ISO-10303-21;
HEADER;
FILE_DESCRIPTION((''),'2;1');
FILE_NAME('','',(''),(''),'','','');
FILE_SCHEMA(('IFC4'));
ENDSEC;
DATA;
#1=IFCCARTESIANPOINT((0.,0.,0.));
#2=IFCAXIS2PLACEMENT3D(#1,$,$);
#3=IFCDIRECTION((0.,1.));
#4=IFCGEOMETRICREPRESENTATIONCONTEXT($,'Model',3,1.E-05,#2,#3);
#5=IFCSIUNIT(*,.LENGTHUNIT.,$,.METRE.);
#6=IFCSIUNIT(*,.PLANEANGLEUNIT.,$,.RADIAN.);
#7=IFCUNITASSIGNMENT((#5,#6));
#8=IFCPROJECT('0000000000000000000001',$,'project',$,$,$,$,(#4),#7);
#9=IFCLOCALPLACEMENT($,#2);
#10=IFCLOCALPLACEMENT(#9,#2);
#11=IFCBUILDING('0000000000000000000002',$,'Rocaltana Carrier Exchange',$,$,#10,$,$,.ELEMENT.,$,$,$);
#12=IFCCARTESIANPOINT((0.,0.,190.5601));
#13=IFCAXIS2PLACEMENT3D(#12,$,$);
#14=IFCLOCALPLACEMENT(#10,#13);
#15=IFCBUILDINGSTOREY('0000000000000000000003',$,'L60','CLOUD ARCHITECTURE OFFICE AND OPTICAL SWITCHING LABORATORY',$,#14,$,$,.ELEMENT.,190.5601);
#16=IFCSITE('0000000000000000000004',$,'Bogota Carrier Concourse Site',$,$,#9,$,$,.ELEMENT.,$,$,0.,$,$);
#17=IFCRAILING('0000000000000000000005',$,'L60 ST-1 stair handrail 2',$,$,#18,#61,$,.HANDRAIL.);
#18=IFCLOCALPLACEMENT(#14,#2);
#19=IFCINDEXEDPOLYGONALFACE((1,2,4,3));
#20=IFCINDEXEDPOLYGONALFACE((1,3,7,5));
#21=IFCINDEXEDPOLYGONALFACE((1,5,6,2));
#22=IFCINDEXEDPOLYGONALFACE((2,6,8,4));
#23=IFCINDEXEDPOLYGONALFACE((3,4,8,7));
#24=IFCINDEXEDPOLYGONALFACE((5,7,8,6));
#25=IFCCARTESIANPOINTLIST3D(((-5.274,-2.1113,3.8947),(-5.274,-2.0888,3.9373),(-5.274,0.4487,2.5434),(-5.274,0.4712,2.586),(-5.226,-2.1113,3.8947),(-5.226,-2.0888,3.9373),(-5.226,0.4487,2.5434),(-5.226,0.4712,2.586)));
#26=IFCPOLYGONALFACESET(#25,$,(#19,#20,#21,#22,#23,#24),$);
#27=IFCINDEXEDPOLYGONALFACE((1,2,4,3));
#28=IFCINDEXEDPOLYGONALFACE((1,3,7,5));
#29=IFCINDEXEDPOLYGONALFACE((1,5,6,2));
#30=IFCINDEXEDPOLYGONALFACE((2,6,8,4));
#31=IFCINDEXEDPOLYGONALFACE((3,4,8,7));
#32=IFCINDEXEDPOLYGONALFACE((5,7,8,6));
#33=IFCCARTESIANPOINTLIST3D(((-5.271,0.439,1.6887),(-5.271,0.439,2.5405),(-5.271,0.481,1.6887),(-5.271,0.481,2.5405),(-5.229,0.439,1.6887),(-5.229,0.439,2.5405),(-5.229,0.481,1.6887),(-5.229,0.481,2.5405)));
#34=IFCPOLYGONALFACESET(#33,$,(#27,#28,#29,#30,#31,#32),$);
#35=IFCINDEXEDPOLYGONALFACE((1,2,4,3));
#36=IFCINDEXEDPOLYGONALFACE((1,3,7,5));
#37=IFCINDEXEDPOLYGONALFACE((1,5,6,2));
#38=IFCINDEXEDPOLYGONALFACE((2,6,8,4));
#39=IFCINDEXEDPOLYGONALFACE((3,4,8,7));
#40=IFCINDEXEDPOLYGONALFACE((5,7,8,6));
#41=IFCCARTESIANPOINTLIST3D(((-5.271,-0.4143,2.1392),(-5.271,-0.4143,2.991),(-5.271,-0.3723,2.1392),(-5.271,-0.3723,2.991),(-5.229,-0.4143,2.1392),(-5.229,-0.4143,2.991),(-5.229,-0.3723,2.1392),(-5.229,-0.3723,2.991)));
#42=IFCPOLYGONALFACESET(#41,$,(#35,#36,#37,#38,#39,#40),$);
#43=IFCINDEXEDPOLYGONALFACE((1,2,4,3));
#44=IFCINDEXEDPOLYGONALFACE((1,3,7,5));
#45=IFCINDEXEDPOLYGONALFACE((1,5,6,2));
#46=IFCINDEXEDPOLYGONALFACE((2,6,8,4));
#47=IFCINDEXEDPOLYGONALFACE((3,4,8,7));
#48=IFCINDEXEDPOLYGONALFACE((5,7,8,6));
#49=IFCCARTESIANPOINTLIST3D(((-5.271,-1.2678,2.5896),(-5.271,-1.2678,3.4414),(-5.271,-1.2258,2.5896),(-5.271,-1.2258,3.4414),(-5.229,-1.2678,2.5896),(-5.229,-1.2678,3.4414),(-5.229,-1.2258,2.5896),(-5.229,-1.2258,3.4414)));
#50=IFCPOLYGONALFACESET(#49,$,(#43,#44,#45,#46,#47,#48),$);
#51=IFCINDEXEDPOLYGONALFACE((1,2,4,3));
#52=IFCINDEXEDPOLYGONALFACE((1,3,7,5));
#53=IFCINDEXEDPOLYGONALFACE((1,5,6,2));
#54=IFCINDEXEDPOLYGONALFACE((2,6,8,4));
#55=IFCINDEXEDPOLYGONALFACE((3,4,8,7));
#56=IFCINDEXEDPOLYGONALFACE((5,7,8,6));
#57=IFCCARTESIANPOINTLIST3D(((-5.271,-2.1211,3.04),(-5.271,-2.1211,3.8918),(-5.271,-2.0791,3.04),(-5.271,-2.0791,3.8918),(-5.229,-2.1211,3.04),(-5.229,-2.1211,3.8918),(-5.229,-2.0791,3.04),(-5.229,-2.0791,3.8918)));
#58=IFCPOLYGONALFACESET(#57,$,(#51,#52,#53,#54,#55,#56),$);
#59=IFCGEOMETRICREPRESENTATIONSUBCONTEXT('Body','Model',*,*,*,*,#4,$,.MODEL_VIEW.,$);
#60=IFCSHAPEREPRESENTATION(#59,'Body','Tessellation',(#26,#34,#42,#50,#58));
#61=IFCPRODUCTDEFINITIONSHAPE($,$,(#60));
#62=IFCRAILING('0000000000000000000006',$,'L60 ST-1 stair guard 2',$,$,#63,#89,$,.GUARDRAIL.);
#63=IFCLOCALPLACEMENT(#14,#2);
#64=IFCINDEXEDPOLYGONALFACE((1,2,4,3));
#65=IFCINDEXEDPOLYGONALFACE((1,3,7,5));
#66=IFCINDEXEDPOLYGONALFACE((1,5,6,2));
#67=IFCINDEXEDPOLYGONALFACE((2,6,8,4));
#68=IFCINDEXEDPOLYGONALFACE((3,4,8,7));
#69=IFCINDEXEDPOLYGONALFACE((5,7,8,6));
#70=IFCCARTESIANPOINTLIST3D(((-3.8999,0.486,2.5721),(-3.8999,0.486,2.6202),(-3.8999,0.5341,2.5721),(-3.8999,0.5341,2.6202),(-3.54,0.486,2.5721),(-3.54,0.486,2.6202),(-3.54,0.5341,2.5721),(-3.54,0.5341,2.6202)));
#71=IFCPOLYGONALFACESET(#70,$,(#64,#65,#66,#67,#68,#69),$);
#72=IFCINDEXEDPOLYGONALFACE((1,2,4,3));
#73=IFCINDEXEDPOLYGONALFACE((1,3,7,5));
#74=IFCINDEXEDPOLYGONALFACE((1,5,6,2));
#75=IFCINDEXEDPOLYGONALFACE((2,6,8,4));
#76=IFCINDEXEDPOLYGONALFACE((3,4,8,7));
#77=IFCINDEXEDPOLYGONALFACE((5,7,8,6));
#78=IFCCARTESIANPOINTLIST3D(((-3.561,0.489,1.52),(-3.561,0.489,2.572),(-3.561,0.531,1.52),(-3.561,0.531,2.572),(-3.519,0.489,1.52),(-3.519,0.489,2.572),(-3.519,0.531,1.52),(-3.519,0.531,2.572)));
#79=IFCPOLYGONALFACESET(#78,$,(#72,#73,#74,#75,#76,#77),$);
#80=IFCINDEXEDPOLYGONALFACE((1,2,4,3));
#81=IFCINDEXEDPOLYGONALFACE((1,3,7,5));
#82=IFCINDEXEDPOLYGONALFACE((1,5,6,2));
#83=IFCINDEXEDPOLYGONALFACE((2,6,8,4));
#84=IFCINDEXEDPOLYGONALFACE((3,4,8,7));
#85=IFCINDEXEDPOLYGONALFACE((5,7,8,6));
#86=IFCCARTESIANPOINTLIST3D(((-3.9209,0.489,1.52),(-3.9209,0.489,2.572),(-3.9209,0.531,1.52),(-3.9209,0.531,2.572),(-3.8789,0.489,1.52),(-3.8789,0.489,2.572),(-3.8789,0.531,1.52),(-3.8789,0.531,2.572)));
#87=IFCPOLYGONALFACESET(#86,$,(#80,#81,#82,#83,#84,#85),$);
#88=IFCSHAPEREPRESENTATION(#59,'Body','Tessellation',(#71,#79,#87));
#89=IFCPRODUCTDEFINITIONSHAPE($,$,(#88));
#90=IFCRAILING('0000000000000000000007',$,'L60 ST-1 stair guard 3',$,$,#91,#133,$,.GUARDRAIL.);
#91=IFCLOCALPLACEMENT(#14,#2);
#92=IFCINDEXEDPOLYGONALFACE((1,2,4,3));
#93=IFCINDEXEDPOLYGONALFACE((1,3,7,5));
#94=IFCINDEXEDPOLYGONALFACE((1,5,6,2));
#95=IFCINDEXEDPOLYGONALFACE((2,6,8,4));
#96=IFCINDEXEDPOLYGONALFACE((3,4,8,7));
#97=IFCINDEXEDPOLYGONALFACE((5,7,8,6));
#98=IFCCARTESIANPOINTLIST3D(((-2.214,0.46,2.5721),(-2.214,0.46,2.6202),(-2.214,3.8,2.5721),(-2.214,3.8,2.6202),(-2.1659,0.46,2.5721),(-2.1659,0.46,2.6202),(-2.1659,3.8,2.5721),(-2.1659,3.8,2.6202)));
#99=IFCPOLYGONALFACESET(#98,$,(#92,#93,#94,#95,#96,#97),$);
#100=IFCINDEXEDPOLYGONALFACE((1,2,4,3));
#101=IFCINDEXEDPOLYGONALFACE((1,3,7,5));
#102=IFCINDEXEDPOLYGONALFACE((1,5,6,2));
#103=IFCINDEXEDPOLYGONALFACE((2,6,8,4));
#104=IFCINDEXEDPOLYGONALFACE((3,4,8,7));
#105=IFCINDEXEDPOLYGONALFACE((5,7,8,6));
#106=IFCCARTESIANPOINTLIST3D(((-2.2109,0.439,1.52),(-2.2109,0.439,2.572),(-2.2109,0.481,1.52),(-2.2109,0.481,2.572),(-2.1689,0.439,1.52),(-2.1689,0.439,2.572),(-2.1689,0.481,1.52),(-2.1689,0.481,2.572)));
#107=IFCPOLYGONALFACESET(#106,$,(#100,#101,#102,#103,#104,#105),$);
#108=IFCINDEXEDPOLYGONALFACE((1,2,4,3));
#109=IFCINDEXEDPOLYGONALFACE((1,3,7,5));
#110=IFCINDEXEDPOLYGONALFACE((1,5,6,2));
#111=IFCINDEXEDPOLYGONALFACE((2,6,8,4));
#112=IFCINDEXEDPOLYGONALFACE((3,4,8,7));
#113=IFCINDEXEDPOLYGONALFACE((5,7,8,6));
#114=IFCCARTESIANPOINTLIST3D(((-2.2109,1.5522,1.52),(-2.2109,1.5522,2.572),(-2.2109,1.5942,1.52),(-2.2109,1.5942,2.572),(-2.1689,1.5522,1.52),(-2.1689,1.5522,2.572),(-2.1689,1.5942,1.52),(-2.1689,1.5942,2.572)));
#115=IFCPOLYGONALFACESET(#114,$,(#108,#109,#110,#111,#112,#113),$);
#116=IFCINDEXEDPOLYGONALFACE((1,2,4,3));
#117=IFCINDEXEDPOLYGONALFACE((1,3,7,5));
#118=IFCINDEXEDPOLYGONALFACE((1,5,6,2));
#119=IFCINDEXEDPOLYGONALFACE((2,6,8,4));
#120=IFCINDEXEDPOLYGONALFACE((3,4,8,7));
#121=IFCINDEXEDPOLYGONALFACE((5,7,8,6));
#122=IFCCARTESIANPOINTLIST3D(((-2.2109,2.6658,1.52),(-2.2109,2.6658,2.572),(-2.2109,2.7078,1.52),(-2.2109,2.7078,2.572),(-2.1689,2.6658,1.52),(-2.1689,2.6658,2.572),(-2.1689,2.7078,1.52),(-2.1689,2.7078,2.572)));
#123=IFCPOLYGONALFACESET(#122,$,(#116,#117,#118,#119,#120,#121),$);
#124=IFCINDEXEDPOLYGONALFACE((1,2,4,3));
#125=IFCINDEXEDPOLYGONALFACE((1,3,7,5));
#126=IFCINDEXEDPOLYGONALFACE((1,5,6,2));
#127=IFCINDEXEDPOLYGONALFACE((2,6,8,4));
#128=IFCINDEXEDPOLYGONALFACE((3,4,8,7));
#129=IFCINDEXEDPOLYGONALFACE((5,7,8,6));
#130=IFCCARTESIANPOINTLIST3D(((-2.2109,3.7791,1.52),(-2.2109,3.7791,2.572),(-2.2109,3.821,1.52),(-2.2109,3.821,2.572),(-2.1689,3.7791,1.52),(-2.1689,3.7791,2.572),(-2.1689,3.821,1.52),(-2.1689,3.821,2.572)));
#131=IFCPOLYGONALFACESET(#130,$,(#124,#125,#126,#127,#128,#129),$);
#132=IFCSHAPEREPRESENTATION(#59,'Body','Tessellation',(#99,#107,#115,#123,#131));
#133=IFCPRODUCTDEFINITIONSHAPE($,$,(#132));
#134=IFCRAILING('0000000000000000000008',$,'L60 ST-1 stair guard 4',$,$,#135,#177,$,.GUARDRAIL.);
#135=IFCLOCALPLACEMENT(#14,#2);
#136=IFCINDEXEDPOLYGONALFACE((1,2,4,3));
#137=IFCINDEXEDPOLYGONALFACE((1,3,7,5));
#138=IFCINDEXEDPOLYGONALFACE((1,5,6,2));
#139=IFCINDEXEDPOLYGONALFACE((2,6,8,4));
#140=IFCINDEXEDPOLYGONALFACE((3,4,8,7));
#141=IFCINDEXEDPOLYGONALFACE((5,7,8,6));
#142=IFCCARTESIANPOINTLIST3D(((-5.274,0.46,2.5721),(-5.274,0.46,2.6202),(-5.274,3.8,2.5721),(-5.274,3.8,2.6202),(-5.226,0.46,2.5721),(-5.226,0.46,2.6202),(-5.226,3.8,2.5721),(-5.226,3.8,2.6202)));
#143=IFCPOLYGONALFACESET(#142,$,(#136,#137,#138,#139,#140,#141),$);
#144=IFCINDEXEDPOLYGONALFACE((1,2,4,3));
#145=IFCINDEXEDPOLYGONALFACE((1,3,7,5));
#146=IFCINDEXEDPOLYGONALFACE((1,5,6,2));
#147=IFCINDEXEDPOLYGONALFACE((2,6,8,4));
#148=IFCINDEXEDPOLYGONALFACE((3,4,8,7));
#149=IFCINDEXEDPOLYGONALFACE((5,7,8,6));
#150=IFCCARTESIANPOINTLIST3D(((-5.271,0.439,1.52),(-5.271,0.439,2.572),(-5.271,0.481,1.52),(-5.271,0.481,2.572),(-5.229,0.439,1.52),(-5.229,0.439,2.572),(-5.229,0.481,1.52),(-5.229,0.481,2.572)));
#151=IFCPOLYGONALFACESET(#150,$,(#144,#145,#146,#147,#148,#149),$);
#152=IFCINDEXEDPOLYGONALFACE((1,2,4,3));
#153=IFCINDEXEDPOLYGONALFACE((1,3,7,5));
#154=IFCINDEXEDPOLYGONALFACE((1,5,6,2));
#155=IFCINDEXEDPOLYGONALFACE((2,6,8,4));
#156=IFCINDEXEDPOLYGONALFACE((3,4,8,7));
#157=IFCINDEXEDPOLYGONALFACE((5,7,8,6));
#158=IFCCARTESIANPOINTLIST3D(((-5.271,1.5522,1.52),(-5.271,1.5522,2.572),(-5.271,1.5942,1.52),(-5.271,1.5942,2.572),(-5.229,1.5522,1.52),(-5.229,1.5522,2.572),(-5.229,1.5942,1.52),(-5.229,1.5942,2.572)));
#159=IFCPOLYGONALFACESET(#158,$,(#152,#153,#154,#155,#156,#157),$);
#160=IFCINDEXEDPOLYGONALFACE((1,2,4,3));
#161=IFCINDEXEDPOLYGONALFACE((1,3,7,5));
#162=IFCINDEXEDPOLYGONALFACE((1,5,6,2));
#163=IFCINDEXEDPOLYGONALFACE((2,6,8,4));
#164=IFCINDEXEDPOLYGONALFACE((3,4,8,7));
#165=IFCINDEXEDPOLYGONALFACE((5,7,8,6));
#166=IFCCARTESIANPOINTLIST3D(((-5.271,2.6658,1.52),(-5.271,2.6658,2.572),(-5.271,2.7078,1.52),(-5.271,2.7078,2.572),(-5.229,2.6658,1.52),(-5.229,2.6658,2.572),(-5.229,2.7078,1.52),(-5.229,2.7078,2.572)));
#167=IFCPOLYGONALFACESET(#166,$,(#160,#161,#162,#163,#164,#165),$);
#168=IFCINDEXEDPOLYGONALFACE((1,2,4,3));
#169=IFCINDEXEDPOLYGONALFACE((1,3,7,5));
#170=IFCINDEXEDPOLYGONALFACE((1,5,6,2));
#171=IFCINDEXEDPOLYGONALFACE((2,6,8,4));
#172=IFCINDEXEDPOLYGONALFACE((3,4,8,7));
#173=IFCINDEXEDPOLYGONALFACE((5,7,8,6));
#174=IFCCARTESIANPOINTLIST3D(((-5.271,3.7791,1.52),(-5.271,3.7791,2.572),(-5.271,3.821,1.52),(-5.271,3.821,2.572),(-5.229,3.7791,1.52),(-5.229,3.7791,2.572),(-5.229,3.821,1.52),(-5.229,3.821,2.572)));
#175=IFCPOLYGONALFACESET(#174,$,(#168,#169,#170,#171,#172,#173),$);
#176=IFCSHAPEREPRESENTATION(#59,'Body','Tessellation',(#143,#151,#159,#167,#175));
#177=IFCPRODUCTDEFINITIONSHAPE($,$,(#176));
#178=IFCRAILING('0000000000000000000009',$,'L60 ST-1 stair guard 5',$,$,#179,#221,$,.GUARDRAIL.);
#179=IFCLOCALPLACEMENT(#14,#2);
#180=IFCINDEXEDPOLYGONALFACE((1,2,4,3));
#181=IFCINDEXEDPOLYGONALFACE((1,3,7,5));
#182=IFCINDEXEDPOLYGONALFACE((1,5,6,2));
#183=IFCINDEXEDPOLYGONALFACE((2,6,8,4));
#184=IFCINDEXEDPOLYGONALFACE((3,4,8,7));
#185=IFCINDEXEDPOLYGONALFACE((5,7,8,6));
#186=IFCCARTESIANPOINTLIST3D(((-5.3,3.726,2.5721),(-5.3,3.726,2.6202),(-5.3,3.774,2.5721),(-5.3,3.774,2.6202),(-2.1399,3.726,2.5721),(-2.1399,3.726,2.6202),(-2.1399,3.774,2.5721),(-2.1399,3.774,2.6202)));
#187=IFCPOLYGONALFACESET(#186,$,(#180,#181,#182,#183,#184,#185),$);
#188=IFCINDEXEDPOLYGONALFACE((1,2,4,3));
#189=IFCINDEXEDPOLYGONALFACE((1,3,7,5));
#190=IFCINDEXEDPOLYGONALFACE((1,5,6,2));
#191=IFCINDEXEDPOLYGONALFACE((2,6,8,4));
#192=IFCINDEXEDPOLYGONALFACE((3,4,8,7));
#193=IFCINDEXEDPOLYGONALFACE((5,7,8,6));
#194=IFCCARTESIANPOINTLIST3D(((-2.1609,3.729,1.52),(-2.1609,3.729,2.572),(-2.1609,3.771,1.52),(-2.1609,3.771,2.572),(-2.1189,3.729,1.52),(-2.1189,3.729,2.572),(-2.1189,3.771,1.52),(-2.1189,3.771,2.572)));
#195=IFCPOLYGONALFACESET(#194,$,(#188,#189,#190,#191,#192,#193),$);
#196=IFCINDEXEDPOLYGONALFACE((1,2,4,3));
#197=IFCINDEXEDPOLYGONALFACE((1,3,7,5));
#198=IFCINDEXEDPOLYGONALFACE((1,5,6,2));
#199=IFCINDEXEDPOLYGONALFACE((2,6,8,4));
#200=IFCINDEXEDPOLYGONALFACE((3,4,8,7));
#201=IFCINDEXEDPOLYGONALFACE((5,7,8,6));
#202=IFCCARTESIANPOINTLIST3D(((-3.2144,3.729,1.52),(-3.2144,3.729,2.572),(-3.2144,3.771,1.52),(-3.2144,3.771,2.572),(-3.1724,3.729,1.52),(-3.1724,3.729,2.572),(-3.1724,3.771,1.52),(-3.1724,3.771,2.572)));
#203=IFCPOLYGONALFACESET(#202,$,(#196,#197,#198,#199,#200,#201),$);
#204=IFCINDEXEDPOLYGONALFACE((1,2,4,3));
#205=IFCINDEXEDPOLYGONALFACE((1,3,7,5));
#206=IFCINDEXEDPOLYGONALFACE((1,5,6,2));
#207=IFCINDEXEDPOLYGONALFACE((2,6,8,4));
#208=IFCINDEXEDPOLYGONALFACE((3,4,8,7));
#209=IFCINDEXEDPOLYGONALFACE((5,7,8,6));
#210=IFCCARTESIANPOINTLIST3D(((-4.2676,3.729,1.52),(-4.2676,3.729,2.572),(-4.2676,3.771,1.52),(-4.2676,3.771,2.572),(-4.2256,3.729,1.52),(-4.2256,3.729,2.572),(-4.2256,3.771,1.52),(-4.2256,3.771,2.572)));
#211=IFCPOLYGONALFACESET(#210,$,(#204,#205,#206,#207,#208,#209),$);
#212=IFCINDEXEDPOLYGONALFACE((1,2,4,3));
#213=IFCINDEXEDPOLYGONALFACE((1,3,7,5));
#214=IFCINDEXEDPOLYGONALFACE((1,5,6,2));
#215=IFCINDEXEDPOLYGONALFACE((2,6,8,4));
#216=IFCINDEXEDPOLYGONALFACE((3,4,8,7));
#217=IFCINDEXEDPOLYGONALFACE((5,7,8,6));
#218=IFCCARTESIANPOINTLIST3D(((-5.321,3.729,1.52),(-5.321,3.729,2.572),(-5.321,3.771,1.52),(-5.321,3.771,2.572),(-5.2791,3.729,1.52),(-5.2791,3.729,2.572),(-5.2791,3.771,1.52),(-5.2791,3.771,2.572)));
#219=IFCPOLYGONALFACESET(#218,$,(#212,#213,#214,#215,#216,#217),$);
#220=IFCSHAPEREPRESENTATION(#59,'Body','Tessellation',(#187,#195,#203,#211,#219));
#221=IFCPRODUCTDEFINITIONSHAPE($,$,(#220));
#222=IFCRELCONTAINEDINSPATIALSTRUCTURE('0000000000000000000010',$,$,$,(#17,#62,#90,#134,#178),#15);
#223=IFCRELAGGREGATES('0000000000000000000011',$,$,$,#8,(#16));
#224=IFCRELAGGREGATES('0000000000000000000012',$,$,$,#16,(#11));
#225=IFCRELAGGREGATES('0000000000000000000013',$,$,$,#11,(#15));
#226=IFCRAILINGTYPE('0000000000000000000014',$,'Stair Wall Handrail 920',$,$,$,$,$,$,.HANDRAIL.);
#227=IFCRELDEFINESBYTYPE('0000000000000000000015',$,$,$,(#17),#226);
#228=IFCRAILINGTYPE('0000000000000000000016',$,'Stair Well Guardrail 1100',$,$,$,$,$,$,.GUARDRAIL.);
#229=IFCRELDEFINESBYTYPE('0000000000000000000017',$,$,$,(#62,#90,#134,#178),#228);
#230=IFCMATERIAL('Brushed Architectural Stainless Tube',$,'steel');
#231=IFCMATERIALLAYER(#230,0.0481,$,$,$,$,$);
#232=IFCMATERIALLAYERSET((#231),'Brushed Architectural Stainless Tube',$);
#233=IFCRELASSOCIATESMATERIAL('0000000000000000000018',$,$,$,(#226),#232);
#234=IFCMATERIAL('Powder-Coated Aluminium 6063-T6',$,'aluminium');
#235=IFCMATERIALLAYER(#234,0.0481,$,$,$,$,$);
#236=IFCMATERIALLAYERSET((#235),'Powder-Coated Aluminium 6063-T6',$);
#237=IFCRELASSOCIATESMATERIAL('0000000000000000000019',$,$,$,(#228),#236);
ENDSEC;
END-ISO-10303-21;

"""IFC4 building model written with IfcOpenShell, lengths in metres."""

from ifc_helpers import new_model, si_unit, direction, frame, origin, origin_2d, place, context, subcontext, project, spatial, rectangle, extrude, material, layer, layer_set, type_object, element, save


model = new_model("IFC4")

# Units and contexts
model_context = context("Model", 3, precision=1e-05, world=origin(), true_north=direction((0.0, 1.0)))
body_context = subcontext(model_context, "Body", "Model", "MODEL_VIEW")
ifc_project = project(units=[si_unit("LENGTHUNIT", "METRE"), si_unit("PLANEANGLEUNIT", "RADIAN")], contexts=[model_context])

# Site, building, storey
site_placement = place(None, origin())
site = spatial("IfcSite", under=ifc_project, at=site_placement, Name="Bogota Carrier Concourse Site", CompositionType="ELEMENT", RefElevation=0.0)
building_placement = place(site_placement, origin())
building = spatial("IfcBuilding", under=site, at=building_placement, Name="Rocaltana Carrier Exchange", CompositionType="ELEMENT")
storey_placement = place(building_placement, frame((0.0, 0.0, 190.5601)))
storey = spatial("IfcBuildingStorey", under=building, at=storey_placement, Name="L60", Description="CLOUD ARCHITECTURE OFFICE AND OPTICAL SWITCHING LABORATORY", CompositionType="ELEMENT", Elevation=190.5601)

# Railings
ifc_material_1 = material(Name="Brushed Architectural Stainless Tube", Category="steel")
ifc_layer_1 = layer(ifc_material_1, 0.0481)
ifc_layer_set_1 = layer_set([ifc_layer_1], Name="Brushed Architectural Stainless Tube")
railing_type_1 = type_object("IfcRailingType", Name="Stair Wall Handrail 920", PredefinedType="HANDRAIL", material=ifc_layer_set_1)
railing_1_placement = place(storey_placement, frame((-5.25, 0.46, 1.6887)))
element("IfcRailing", 1, at=railing_1_placement, inside=storey, type_object=railing_type_1, Name="L60 ST-1 stair handrail 2", PredefinedType="HANDRAIL", context=body_context, shape_type="SweptSolid", body=[
    extrude(rectangle(XDim=0.0481, YDim=0.0481, at=origin_2d()), frame((0.0, 0.0, 0.876), z_axis=(0.0, -0.88436, 0.466806), x_axis=(1.0, 0.0, 0.0)), (0.0, 0.0, 1.0), 2.8948),
    extrude(rectangle(XDim=0.042, YDim=0.042, at=origin_2d()), origin(), (0.0, 0.0, 1.0), 0.8518),
    extrude(rectangle(XDim=0.042, YDim=0.042, at=origin_2d()), frame((0.0, -0.8533, 0.4504)), (0.0, 0.0, 1.0), 0.8518),
    extrude(rectangle(XDim=0.042, YDim=0.042, at=origin_2d()), frame((0.0, -1.7068, 0.9009)), (0.0, 0.0, 1.0), 0.8518),
    extrude(rectangle(XDim=0.042, YDim=0.042, at=origin_2d()), frame((0.0, -2.5601, 1.3513)), (0.0, 0.0, 1.0), 0.8518),
])
ifc_material_2 = material(Name="Powder-Coated Aluminium 6063-T6", Category="aluminium")
ifc_layer_2 = layer(ifc_material_2, 0.0481)
ifc_layer_set_2 = layer_set([ifc_layer_2], Name="Powder-Coated Aluminium 6063-T6")
railing_type_2 = type_object("IfcRailingType", Name="Stair Well Guardrail 1100", PredefinedType="GUARDRAIL", material=ifc_layer_set_2)
railing_2_placement = place(storey_placement, frame((-3.54, 0.51, 1.52)))
element("IfcRailing", 2, at=railing_2_placement, inside=storey, type_object=railing_type_2, Name="L60 ST-1 stair guard 2", PredefinedType="GUARDRAIL", context=body_context, shape_type="SweptSolid", body=[
    extrude(rectangle(XDim=0.0481, YDim=0.0481, at=origin_2d()), frame((0.0, 0.0, 1.0762), z_axis=(-1.0, 0.0, 0.0), x_axis=(0.0, -1.0, 0.0)), (0.0, 0.0, 1.0), 0.3599),
    extrude(rectangle(XDim=0.042, YDim=0.042, at=origin_2d()), origin(), (0.0, 0.0, 1.0), 1.052),
    extrude(rectangle(XDim=0.042, YDim=0.042, at=origin_2d()), frame((-0.3599, 0.0, 0.0)), (0.0, 0.0, 1.0), 1.052),
])
for number, where, name in (
    (3, (-2.1899, 0.46, 1.52), "L60 ST-1 stair guard 3"),
    (4, (-5.25, 0.46, 1.52), "L60 ST-1 stair guard 4"),
):
    element("IfcRailing", number, at=place(storey_placement, frame(where)), inside=storey, type_object=railing_type_2, Name=name, PredefinedType="GUARDRAIL", context=body_context, shape_type="SweptSolid", body=[
        extrude(rectangle(XDim=0.0481, YDim=0.0481, at=origin_2d()), frame((0.0, 0.0, 1.0762), z_axis=(0.0, 1.0, 0.0), x_axis=(-1.0, 0.0, 0.0)), (0.0, 0.0, 1.0), 3.3401),
        extrude(rectangle(XDim=0.042, YDim=0.042, at=origin_2d()), origin(), (0.0, 0.0, 1.0), 1.052),
        extrude(rectangle(XDim=0.042, YDim=0.042, at=origin_2d()), frame((0.0, 1.1133, 0.0)), (0.0, 0.0, 1.0), 1.052),
        extrude(rectangle(XDim=0.042, YDim=0.042, at=origin_2d()), frame((0.0, 2.2268, 0.0)), (0.0, 0.0, 1.0), 1.052),
        extrude(rectangle(XDim=0.042, YDim=0.042, at=origin_2d()), frame((0.0, 3.3401, 0.0)), (0.0, 0.0, 1.0), 1.052),
    ])
railing_3_placement = place(storey_placement, frame((-2.1399, 3.75, 1.52)))
element("IfcRailing", 5, at=railing_3_placement, inside=storey, type_object=railing_type_2, Name="L60 ST-1 stair guard 5", PredefinedType="GUARDRAIL", context=body_context, shape_type="SweptSolid", body=[
    extrude(rectangle(XDim=0.0481, YDim=0.0481, at=origin_2d()), frame((0.0, 0.0, 1.0762), z_axis=(-1.0, 0.0, 0.0), x_axis=(0.0, -1.0, 0.0)), (0.0, 0.0, 1.0), 3.1602),
    extrude(rectangle(XDim=0.042, YDim=0.042, at=origin_2d()), origin(), (0.0, 0.0, 1.0), 1.052),
    extrude(rectangle(XDim=0.042, YDim=0.042, at=origin_2d()), frame((-1.0535, 0.0, 0.0)), (0.0, 0.0, 1.0), 1.052),
    extrude(rectangle(XDim=0.042, YDim=0.042, at=origin_2d()), frame((-2.1067, 0.0, 0.0)), (0.0, 0.0, 1.0), 1.052),
    extrude(rectangle(XDim=0.042, YDim=0.042, at=origin_2d()), frame((-3.1602, 0.0, 0.0)), (0.0, 0.0, 1.0), 1.052),
])

save(model, "model.ifc")
